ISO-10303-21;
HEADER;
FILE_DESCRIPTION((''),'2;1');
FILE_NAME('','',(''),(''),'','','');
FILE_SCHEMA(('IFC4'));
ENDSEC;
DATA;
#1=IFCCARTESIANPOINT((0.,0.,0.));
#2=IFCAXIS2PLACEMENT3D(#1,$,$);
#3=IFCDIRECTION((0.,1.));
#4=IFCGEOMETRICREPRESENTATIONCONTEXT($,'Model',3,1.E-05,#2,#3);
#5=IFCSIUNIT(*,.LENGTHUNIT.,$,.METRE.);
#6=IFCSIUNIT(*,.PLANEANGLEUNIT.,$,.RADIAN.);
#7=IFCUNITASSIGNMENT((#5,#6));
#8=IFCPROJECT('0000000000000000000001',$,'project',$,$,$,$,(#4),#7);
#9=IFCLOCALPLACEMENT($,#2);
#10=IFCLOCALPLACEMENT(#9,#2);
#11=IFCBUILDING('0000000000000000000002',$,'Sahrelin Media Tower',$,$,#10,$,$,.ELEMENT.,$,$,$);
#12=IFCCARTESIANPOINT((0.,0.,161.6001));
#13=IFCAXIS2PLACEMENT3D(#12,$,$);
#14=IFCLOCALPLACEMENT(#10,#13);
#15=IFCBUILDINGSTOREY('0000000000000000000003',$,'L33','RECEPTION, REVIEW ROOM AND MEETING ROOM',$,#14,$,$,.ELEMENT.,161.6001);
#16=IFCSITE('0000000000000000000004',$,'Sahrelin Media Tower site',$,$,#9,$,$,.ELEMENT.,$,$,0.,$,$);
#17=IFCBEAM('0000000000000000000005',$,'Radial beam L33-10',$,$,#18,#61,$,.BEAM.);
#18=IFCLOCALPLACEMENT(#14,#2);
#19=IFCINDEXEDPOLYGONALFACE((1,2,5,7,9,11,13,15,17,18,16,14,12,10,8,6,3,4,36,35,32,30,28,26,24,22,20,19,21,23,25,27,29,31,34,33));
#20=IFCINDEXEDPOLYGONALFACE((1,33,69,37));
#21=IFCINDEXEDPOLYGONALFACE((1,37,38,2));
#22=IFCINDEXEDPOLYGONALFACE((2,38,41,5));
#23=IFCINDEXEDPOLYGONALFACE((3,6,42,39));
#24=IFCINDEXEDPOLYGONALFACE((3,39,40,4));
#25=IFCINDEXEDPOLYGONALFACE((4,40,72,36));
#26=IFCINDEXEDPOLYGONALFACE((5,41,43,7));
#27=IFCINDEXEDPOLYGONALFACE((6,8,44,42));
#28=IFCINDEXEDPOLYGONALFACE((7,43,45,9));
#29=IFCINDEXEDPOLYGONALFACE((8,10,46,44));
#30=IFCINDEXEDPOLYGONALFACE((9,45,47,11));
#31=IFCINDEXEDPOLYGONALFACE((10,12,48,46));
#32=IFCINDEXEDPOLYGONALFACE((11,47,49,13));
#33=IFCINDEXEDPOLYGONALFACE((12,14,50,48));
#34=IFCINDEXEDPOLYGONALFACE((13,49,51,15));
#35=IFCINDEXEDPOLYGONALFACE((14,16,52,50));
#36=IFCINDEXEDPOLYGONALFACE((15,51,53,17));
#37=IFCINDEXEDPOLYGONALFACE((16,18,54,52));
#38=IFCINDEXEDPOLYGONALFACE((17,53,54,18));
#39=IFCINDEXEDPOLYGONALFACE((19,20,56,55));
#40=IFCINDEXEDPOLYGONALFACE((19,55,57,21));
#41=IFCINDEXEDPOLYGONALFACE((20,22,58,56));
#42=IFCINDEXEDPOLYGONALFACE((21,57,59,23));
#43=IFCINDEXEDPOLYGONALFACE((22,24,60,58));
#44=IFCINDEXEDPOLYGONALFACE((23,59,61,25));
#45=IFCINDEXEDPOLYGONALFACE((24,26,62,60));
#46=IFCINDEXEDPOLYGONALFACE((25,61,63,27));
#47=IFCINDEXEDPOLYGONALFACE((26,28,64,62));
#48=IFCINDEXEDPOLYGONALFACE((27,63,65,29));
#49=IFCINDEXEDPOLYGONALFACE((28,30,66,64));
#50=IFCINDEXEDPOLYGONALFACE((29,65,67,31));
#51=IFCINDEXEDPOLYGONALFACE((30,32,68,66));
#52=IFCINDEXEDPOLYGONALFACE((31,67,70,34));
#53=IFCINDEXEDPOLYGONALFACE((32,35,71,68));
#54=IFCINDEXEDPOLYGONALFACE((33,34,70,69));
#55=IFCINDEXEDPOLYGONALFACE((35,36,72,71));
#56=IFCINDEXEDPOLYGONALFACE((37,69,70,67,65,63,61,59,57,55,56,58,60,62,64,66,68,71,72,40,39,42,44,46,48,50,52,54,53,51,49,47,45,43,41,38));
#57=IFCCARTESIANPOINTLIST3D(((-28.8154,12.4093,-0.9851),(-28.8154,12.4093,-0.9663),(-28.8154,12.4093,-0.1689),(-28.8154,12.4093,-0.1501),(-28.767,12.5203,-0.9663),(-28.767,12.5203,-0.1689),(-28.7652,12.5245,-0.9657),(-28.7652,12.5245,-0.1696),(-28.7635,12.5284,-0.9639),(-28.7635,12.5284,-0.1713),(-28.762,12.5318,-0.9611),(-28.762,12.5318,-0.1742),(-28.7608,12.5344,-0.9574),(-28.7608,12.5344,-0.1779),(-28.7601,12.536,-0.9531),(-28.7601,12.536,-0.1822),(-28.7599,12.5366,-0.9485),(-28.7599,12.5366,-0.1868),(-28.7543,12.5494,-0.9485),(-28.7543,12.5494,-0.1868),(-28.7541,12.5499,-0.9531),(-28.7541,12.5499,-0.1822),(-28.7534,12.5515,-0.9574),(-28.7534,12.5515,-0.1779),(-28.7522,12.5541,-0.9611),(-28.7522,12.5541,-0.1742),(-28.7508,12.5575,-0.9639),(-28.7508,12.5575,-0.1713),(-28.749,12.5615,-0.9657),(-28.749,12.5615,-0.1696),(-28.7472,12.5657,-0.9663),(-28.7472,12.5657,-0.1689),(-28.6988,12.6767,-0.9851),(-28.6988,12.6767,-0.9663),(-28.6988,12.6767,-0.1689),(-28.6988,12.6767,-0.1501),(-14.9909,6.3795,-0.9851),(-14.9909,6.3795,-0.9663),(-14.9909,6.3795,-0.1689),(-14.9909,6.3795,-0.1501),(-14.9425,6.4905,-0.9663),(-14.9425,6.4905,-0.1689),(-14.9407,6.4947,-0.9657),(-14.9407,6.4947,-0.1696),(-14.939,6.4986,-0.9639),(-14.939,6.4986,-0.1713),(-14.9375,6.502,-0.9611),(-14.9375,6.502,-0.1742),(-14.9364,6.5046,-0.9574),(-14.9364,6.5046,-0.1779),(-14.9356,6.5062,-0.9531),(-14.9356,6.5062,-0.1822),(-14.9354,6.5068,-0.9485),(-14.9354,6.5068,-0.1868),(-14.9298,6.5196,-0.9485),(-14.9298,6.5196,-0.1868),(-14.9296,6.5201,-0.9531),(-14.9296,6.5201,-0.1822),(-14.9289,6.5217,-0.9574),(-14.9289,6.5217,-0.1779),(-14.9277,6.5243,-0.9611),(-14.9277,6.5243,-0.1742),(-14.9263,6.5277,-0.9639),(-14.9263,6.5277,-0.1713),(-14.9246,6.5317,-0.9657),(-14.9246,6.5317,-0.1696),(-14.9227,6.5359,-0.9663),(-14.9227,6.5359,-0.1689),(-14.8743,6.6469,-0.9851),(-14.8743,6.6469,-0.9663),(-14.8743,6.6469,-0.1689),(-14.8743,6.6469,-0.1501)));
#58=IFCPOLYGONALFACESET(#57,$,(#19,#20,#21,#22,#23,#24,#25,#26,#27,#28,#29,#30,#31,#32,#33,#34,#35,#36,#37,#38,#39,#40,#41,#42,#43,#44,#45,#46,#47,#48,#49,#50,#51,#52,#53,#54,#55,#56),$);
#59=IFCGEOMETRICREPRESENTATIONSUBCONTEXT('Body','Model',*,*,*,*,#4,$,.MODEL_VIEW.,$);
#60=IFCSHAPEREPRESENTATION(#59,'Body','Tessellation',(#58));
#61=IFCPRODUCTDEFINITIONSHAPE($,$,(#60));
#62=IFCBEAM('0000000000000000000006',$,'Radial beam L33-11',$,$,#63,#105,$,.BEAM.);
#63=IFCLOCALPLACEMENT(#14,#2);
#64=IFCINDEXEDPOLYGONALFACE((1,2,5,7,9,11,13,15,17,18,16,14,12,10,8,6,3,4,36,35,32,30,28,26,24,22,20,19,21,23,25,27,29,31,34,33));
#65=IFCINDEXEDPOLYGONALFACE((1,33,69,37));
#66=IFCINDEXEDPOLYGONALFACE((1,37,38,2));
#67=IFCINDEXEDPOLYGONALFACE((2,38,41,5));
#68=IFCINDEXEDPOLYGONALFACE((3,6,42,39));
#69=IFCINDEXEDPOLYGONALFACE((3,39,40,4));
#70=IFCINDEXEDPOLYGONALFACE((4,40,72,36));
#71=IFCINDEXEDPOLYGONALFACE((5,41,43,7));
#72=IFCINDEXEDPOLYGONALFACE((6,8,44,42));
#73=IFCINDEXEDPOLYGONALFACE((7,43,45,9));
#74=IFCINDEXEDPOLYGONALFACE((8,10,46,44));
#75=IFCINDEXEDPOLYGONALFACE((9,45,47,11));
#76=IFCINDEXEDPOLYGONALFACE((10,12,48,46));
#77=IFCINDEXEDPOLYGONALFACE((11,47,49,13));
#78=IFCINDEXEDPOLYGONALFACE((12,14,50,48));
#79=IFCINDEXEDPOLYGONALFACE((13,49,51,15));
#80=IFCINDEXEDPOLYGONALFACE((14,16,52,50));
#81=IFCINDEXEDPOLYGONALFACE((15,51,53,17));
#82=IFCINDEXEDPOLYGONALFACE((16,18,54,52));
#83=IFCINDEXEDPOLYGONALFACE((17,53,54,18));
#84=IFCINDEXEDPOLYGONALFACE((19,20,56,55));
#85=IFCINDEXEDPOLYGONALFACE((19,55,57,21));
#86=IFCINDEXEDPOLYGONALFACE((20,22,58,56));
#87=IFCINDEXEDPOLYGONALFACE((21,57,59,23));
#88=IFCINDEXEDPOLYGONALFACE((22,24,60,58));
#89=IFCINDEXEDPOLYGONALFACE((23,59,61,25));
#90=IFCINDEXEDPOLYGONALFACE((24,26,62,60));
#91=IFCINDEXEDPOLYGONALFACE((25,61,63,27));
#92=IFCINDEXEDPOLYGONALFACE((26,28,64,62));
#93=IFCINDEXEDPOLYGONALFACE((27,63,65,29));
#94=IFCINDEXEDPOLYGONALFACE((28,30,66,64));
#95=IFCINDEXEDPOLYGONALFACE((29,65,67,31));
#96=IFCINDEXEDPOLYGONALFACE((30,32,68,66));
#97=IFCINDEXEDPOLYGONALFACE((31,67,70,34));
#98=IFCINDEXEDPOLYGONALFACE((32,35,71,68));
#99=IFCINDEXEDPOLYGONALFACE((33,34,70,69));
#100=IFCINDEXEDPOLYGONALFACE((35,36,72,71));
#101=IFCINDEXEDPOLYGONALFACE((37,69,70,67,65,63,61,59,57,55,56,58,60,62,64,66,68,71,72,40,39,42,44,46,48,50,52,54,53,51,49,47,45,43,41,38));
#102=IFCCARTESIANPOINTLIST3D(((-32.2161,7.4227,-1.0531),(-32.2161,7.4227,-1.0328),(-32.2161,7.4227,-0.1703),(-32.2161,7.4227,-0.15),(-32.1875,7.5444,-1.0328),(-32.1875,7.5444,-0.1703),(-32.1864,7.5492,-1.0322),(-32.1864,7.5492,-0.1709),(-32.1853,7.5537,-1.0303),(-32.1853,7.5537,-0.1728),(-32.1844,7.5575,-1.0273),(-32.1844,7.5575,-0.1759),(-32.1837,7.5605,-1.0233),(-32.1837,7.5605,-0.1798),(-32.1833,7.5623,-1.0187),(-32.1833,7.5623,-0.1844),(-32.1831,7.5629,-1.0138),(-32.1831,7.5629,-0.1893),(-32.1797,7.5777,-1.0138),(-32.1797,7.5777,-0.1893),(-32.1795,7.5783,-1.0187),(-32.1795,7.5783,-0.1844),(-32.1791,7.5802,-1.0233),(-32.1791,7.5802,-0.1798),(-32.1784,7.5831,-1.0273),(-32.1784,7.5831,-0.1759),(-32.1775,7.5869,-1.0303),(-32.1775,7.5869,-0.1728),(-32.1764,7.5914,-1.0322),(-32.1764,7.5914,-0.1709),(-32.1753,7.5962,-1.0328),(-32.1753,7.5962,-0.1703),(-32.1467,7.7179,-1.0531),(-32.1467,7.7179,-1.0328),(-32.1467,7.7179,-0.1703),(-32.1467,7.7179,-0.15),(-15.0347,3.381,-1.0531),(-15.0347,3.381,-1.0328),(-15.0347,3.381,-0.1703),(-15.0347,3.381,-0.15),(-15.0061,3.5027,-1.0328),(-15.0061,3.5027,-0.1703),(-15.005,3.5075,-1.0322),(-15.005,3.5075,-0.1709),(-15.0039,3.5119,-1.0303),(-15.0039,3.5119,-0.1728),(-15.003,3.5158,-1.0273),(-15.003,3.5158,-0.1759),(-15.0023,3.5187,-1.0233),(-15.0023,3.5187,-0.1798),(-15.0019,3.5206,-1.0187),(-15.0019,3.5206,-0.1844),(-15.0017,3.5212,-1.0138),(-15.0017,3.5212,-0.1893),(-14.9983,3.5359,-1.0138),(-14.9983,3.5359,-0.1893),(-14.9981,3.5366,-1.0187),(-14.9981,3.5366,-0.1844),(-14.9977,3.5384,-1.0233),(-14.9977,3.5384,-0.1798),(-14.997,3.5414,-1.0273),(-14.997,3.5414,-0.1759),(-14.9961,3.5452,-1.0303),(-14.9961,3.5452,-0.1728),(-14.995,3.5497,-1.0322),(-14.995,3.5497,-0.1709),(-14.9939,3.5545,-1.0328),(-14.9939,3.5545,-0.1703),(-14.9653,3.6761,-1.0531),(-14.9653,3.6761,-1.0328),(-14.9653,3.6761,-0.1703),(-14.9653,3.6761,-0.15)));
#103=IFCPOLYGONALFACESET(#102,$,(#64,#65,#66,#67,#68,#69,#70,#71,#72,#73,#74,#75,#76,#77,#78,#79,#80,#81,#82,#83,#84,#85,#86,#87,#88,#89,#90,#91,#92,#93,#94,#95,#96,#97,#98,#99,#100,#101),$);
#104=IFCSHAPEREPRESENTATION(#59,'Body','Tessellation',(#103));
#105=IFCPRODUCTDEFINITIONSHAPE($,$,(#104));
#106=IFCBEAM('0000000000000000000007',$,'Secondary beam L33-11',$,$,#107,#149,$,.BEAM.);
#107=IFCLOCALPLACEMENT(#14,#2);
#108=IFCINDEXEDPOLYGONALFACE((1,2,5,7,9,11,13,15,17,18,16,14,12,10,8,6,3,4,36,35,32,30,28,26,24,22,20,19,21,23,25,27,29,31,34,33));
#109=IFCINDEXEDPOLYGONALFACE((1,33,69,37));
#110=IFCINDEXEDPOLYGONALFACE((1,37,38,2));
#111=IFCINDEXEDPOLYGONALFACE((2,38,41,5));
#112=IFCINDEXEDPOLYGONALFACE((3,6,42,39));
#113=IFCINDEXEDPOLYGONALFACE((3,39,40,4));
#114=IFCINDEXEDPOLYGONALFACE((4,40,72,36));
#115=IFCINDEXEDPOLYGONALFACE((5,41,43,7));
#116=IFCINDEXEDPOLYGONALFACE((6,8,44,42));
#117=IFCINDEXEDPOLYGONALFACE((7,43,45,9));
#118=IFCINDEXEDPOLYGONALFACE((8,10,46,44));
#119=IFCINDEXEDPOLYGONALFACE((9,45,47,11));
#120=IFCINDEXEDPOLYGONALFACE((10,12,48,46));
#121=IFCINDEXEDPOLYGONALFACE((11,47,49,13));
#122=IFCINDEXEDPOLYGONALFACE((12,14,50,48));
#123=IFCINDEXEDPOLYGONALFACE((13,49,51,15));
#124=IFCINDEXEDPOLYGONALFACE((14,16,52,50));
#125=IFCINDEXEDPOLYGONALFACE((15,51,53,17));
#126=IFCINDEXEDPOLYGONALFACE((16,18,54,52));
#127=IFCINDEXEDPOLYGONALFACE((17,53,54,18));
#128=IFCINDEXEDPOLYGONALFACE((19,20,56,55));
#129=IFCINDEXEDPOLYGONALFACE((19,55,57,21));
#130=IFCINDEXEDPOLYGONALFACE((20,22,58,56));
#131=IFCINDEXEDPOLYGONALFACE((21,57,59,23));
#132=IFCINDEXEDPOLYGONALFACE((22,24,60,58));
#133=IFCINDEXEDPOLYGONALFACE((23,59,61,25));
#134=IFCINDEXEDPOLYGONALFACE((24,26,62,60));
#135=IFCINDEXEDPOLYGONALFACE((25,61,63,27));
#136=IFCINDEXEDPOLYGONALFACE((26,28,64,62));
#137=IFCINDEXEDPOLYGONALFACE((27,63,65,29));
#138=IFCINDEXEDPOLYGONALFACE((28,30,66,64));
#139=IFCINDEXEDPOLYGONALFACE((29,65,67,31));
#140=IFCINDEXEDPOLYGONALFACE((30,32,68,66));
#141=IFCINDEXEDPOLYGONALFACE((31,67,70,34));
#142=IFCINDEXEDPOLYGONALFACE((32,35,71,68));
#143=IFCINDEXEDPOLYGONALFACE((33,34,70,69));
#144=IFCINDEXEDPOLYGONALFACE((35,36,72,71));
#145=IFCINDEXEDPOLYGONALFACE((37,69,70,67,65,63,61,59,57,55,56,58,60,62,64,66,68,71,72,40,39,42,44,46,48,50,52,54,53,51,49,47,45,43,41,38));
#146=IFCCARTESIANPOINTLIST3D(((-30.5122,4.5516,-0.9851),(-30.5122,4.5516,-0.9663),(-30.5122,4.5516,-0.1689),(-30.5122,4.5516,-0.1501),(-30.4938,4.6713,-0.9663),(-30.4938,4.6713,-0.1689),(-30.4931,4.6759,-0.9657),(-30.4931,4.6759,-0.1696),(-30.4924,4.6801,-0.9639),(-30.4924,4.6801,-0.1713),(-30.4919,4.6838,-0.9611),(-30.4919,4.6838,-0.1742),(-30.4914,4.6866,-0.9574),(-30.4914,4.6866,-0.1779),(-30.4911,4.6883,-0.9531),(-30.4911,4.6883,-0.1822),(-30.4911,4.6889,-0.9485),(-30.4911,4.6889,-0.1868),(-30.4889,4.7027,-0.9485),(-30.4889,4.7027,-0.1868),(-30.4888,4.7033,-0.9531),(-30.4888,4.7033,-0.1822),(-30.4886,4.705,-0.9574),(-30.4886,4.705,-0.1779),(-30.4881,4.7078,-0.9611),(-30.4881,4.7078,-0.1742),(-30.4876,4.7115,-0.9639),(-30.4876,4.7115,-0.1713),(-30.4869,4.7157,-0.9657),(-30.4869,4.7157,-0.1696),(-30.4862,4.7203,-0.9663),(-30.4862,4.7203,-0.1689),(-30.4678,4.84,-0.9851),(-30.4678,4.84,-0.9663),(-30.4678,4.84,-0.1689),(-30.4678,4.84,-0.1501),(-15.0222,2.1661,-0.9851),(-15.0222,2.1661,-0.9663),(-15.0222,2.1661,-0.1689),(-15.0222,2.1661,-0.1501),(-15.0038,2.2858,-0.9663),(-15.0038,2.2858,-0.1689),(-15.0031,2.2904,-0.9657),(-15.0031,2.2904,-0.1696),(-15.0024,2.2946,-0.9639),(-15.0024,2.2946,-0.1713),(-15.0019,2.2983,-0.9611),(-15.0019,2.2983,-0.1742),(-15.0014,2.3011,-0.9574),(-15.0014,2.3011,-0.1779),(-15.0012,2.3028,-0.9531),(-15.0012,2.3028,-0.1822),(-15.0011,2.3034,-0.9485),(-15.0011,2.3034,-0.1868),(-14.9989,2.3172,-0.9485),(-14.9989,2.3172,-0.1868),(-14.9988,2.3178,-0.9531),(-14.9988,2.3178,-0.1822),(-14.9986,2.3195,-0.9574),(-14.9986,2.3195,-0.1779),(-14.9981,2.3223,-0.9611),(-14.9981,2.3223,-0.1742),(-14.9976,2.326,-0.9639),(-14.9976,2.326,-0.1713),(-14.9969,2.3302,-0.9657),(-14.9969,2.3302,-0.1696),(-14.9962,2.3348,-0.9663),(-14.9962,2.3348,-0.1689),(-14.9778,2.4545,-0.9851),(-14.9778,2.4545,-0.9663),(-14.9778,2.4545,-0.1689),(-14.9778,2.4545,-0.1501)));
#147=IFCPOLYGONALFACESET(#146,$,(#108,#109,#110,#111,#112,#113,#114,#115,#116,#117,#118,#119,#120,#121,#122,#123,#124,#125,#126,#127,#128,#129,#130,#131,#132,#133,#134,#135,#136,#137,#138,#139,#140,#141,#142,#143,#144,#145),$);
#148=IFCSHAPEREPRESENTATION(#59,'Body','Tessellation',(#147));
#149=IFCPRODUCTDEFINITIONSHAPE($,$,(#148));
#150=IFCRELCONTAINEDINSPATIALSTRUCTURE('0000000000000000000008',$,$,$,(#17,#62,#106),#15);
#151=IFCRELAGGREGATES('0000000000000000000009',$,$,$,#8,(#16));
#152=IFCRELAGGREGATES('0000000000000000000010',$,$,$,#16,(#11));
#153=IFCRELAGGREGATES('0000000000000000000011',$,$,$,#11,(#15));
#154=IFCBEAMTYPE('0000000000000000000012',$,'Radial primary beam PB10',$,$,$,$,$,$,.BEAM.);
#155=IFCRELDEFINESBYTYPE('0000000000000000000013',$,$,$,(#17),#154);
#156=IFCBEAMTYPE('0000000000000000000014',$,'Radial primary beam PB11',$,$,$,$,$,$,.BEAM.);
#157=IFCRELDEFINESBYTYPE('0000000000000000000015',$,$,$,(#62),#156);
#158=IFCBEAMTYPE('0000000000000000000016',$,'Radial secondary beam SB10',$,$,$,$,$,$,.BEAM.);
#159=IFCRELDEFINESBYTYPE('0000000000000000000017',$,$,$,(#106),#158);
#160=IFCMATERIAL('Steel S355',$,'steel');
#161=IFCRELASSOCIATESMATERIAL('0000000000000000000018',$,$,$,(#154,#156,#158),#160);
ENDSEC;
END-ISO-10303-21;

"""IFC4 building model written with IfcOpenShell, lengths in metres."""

from ifc_helpers import new_model, si_unit, direction, frame, origin, origin_2d, place, context, subcontext, project, spatial, i_section, extrude, material, material_profile, profile_set, type_object, element, save


model = new_model("IFC4")

# Units and contexts
model_context = context("Model", 3, precision=1e-05, world=origin(), true_north=direction((0.0, 1.0)))
body_context = subcontext(model_context, "Body", "Model", "MODEL_VIEW")
ifc_project = project(units=[si_unit("LENGTHUNIT", "METRE"), si_unit("PLANEANGLEUNIT", "RADIAN")], contexts=[model_context])

# Site, building, storey
site_placement = place(None, origin())
site = spatial("IfcSite", under=ifc_project, at=site_placement, Name="Sahrelin Media Tower site", CompositionType="ELEMENT", RefElevation=0.0)
building_placement = place(site_placement, origin())
building = spatial("IfcBuilding", under=site, at=building_placement, Name="Sahrelin Media Tower", CompositionType="ELEMENT")
storey_placement = place(building_placement, frame((0.0, 0.0, 161.6001)))
storey = spatial("IfcBuildingStorey", under=building, at=storey_placement, Name="L33", Description="RECEPTION, REVIEW ROOM AND MEETING ROOM", CompositionType="ELEMENT", Elevation=161.6001)

# Beams
ifc_material_1 = material(Name="Steel S355", Category="steel")
ifc_material_profile_1 = material_profile(ifc_material_1, i_section(OverallWidth=0.2917, OverallDepth=0.835, WebThickness=0.0139, FlangeThickness=0.0188, FilletRadius=0.0178, at=origin_2d()), Name="UB 838x292x176")
ifc_profile_set_1 = profile_set([ifc_material_profile_1], Name="Steel S355")
beam_type_1 = type_object("IfcBeamType", Name="Radial primary beam PB10", PredefinedType="BEAM", material=ifc_profile_set_1)
beam_1_placement = place(storey_placement, frame((-14.9326, 6.5132, -0.5676), z_axis=(-0.916605, 0.399794, 0.0), x_axis=(-0.399794, -0.916605, 0.0)))
element("IfcBeam", 1, at=beam_1_placement, inside=storey, type_object=beam_type_1, Name="Radial beam L33-10", PredefinedType="BEAM", context=body_context, shape_type="SweptSolid", body=[
    extrude(i_section(OverallWidth=0.2917, OverallDepth=0.835, WebThickness=0.0139, FlangeThickness=0.0188, FilletRadius=0.0178, at=origin_2d()), origin(), (0.0, 0.0, 1.0), 15.0823),
])
ifc_material_profile_2 = material_profile(ifc_material_1, i_section(OverallWidth=0.3032, OverallDepth=0.9031, WebThickness=0.0151, FlangeThickness=0.0203, FilletRadius=0.019, at=origin_2d()), Name="UB 914x305x201")
ifc_profile_set_2 = profile_set([ifc_material_profile_2], Name="Steel S355")
beam_type_2 = type_object("IfcBeamType", Name="Radial primary beam PB11", PredefinedType="BEAM", material=ifc_profile_set_2)
beam_2_placement = place(storey_placement, frame((-15.0, 3.5286, -0.6016), z_axis=(-0.973429, 0.228989, 0.0), x_axis=(-0.228989, -0.973429, 0.0)))
element("IfcBeam", 2, at=beam_2_placement, inside=storey, type_object=beam_type_2, Name="Radial beam L33-11", PredefinedType="BEAM", context=body_context, shape_type="SweptSolid", body=[
    extrude(i_section(OverallWidth=0.3032, OverallDepth=0.9031, WebThickness=0.0151, FlangeThickness=0.0203, FilletRadius=0.019, at=origin_2d()), origin(), (0.0, 0.0, 1.0), 17.6504),
])
ifc_material_profile_3 = material_profile(ifc_material_1, i_section(OverallWidth=0.2917, OverallDepth=0.835, WebThickness=0.0139, FlangeThickness=0.0188, FilletRadius=0.0178, at=origin_2d()), Name="UB 838x292x176")
ifc_profile_set_3 = profile_set([ifc_material_profile_3], Name="Steel S355")
beam_type_3 = type_object("IfcBeamType", Name="Radial secondary beam SB10", PredefinedType="BEAM", material=ifc_profile_set_3)
beam_3_placement = place(storey_placement, frame((-15.0, 2.3103, -0.5676), z_axis=(-0.988348, 0.152208, 0.0), x_axis=(-0.152208, -0.988348, 0.0)))
element("IfcBeam", 3, at=beam_3_placement, inside=storey, type_object=beam_type_3, Name="Secondary beam L33-11", PredefinedType="BEAM", context=body_context, shape_type="SweptSolid", body=[
    extrude(i_section(OverallWidth=0.2917, OverallDepth=0.835, WebThickness=0.0139, FlangeThickness=0.0188, FilletRadius=0.0178, at=origin_2d()), origin(), (0.0, 0.0, 1.0), 15.6726),
])

save(model, "model.ifc")
